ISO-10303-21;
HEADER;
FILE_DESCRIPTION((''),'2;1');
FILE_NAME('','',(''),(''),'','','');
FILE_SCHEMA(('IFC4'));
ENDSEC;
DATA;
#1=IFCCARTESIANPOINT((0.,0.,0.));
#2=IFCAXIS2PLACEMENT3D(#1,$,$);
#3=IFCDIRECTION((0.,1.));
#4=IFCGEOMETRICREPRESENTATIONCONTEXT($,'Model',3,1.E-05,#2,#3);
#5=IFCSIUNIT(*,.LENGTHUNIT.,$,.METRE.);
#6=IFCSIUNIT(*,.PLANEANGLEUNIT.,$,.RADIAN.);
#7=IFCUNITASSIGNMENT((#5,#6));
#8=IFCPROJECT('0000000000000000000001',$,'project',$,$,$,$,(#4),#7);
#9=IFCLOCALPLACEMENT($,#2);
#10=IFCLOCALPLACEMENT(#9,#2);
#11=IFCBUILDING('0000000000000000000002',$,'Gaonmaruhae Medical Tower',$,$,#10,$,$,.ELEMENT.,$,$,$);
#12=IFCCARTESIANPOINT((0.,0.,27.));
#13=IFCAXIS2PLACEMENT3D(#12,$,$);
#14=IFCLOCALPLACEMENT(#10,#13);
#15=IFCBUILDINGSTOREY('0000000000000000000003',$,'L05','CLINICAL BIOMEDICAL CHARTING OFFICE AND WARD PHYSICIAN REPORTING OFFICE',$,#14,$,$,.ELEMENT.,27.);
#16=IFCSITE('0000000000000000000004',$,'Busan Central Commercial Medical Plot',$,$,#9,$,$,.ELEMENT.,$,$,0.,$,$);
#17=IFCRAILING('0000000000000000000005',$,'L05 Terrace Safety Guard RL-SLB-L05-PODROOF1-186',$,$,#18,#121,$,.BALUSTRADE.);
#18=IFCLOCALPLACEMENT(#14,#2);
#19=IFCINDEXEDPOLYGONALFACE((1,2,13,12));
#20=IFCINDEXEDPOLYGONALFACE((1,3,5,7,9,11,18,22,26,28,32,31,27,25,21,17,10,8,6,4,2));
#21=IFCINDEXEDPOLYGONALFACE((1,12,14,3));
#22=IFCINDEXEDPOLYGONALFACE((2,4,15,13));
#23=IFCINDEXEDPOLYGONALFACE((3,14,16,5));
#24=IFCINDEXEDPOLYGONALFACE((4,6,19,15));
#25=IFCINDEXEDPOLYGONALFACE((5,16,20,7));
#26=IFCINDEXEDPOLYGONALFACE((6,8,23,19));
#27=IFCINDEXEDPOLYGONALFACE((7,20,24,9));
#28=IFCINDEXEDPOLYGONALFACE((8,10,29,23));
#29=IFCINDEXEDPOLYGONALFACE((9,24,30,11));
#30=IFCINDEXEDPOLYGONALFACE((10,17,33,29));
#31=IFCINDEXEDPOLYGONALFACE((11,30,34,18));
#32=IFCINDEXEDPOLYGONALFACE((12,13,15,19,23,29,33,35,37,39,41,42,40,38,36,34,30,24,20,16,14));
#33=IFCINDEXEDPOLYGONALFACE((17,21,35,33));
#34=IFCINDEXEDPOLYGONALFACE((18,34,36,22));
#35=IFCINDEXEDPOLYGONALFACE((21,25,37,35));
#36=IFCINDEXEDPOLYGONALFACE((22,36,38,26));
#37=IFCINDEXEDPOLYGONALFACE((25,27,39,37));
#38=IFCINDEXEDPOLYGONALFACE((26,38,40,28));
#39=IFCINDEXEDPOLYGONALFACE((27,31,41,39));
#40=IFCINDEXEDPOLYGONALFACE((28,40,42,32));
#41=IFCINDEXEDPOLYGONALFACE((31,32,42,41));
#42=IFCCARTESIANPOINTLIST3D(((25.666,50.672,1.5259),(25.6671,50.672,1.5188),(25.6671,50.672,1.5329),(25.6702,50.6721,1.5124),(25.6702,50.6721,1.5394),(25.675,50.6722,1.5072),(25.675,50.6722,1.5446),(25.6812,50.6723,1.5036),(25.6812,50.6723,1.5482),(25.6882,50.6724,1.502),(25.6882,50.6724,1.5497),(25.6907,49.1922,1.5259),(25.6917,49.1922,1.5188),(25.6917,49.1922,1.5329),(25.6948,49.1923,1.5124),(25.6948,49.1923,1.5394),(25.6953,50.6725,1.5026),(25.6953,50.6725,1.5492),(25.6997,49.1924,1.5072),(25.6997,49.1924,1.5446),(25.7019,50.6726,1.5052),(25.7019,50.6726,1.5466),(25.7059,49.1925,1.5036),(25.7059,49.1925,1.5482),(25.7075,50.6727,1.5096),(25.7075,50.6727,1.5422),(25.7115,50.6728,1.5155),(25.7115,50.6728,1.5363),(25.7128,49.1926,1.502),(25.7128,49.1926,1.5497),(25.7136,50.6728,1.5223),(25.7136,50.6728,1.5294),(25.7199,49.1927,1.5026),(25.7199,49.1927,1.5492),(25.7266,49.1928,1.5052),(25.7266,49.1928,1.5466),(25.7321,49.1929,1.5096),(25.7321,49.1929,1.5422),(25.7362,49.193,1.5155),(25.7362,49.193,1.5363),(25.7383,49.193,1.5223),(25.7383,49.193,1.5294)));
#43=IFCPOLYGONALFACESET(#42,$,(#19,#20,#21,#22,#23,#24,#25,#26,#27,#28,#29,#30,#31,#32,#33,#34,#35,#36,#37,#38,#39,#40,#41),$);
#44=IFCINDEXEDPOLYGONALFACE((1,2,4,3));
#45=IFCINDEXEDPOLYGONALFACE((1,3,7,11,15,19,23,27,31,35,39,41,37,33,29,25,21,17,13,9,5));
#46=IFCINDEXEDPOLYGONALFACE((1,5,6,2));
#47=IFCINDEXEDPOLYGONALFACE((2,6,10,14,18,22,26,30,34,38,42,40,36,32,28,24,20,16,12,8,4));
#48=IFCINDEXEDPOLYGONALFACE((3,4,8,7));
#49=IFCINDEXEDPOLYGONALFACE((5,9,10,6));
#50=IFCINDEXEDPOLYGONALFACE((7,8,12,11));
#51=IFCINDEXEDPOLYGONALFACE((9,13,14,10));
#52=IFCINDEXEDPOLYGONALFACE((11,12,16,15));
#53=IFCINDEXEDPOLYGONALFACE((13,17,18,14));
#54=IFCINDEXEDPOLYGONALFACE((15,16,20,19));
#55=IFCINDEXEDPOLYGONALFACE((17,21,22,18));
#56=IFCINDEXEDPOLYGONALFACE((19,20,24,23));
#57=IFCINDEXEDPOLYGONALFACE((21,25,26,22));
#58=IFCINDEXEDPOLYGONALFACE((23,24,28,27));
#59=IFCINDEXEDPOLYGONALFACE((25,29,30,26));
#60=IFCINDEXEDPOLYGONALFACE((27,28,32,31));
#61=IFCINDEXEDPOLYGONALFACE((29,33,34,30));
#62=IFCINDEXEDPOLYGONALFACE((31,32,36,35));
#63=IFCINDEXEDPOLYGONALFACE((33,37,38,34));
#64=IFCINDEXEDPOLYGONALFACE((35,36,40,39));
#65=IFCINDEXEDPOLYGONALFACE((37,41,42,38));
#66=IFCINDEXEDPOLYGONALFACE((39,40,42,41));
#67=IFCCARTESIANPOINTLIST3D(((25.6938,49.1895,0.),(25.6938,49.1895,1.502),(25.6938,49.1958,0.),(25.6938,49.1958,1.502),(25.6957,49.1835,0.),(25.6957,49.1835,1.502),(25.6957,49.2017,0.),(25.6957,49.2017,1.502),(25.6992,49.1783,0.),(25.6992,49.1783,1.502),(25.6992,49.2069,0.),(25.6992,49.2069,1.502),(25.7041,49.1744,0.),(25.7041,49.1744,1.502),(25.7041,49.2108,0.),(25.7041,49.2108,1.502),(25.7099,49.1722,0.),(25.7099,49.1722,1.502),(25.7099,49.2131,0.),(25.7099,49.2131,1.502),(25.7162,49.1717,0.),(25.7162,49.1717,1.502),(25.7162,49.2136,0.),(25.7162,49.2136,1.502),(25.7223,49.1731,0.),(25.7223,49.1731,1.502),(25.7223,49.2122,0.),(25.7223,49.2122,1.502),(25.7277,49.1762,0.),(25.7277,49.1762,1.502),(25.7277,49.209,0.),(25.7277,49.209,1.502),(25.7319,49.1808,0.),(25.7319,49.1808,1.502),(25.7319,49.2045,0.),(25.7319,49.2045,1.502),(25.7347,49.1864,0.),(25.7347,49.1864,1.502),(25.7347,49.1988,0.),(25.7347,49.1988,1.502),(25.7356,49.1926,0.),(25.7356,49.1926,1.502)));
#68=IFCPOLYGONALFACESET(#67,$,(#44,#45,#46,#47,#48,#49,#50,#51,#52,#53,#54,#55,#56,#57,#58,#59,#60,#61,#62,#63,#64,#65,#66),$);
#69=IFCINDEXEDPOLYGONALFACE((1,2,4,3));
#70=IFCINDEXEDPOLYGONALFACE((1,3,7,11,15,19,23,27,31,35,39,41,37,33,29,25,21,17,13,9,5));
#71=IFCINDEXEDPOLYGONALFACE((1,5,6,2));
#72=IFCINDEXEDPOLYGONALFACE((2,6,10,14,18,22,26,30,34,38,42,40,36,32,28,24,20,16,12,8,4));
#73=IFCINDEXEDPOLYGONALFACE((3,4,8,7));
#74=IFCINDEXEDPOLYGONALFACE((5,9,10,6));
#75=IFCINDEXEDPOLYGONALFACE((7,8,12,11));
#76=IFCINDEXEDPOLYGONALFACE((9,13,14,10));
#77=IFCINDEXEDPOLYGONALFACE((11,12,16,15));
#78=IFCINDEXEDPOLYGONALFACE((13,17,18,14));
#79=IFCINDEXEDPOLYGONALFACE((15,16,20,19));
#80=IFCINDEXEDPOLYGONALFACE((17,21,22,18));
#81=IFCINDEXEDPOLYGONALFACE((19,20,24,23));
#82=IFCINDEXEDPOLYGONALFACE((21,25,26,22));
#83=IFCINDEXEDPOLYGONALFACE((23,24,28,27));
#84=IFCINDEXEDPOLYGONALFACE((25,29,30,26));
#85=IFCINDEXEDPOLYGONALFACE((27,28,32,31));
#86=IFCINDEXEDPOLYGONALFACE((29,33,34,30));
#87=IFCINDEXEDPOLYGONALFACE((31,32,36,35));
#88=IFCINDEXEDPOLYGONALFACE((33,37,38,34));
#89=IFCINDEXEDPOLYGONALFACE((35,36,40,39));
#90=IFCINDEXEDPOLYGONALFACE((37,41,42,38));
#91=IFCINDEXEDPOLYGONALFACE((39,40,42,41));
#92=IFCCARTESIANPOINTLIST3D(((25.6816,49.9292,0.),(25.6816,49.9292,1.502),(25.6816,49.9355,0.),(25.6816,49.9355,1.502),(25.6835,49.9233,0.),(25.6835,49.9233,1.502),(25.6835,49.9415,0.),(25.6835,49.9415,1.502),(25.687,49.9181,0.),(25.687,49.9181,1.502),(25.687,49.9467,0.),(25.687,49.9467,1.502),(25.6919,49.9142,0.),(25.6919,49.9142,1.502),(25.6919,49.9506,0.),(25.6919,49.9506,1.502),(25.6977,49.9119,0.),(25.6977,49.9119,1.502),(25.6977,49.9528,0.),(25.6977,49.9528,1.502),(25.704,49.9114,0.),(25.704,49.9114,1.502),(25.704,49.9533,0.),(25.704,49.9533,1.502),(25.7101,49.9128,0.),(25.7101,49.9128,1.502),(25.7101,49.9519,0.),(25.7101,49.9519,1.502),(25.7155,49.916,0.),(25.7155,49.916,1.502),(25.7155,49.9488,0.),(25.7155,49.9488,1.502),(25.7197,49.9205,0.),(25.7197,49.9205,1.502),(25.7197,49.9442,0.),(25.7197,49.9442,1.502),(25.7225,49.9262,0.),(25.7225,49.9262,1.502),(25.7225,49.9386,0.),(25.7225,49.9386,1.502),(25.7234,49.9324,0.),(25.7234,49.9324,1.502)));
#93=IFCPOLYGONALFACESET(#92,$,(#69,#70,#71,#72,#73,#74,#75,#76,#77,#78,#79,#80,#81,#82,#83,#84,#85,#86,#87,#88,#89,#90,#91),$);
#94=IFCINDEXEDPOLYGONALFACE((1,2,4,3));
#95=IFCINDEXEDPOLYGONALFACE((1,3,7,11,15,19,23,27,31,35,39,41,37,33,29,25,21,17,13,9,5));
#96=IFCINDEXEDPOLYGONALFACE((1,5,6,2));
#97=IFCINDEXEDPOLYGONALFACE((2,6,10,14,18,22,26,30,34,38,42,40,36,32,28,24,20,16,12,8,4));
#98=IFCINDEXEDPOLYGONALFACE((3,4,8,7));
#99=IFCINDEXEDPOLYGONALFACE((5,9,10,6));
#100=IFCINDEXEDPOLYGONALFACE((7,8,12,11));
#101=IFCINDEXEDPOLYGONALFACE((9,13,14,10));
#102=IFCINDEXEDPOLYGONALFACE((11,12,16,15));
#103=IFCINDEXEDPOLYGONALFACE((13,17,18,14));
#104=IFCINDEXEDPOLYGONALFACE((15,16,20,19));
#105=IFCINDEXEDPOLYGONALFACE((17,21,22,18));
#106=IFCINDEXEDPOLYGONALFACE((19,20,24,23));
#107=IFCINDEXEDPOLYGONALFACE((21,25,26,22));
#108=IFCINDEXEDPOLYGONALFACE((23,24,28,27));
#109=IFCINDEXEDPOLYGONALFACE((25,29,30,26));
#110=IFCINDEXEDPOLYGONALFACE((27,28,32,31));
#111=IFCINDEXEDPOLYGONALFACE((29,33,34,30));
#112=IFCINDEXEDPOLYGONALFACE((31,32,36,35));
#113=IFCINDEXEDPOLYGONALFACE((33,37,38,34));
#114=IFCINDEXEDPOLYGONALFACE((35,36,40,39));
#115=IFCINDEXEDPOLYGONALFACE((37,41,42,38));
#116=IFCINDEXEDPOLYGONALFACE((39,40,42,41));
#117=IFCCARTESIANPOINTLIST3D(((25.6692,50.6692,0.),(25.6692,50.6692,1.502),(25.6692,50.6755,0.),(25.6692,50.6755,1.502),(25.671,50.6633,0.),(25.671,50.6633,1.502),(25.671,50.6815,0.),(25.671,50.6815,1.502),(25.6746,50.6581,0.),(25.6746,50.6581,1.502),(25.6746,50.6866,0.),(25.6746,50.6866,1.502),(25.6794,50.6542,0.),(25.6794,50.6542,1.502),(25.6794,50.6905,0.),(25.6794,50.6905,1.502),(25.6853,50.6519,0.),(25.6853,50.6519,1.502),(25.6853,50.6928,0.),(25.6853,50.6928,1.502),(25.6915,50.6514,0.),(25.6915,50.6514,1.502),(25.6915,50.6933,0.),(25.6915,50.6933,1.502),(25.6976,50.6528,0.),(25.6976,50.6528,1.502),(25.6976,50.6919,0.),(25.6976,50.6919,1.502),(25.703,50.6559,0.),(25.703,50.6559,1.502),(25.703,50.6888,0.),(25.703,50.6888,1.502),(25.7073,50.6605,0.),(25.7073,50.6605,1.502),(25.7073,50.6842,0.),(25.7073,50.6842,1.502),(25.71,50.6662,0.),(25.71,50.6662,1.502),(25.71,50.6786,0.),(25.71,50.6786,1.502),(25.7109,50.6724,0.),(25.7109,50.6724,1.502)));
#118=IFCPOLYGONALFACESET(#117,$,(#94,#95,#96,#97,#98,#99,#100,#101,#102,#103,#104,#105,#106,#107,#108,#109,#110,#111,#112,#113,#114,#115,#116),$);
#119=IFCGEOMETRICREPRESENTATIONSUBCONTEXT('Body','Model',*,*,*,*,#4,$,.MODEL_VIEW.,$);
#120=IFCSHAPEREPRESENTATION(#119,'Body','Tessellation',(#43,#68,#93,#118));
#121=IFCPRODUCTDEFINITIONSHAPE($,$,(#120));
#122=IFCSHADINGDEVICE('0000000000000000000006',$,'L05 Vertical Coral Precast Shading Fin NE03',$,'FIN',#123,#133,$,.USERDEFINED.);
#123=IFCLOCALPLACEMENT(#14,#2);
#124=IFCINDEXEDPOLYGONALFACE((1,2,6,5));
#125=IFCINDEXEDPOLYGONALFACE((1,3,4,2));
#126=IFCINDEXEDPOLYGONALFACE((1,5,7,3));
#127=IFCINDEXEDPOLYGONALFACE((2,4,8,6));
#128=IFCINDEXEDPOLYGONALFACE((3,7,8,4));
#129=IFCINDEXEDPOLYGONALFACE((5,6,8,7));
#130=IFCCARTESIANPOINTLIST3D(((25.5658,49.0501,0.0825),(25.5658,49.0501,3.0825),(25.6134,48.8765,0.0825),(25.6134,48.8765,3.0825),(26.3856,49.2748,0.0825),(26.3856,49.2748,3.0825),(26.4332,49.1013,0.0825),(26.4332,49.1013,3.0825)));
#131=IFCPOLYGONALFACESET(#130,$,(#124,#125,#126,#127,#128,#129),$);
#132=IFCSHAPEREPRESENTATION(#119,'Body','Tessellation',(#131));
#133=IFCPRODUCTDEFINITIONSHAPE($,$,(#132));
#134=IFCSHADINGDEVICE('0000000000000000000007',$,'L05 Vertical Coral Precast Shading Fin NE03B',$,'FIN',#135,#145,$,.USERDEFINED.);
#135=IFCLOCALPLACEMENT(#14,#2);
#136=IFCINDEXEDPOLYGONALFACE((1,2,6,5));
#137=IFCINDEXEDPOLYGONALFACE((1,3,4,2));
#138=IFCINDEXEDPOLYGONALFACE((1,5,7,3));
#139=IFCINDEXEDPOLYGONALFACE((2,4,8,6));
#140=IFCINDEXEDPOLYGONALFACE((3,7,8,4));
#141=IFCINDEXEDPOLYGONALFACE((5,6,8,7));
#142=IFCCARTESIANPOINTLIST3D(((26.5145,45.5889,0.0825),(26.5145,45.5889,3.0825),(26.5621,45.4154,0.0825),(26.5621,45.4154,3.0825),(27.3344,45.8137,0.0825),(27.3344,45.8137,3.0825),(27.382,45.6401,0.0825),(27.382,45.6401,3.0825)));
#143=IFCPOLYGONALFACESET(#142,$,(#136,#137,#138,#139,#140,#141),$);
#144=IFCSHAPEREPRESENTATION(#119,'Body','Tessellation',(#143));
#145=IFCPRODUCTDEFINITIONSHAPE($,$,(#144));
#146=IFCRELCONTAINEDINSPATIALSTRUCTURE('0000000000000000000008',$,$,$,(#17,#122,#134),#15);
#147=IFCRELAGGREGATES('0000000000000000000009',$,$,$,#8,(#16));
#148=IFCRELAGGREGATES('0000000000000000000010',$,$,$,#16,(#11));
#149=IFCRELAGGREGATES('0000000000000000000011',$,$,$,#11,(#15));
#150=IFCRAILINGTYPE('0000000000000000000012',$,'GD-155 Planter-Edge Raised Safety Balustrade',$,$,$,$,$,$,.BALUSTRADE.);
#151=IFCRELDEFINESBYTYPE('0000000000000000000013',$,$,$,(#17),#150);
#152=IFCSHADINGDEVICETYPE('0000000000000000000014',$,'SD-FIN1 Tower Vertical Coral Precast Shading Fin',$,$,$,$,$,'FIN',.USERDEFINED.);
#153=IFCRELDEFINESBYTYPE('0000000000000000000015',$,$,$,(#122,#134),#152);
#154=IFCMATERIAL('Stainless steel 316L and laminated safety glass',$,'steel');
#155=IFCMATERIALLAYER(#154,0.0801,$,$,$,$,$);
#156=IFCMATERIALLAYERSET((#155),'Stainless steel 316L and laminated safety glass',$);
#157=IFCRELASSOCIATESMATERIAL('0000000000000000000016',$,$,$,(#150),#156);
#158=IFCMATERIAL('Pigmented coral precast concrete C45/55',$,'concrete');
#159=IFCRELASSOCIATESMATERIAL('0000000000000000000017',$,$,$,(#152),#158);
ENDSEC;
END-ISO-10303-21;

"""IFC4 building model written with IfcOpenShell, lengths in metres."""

from ifc_helpers import new_model, si_unit, direction, frame, origin, origin_2d, place, context, subcontext, project, spatial, rectangle, circle, extrude, material, layer, layer_set, type_object, element, save


model = new_model("IFC4")

# Units and contexts
model_context = context("Model", 3, precision=1e-05, world=origin(), true_north=direction((0.0, 1.0)))
body_context = subcontext(model_context, "Body", "Model", "MODEL_VIEW")
ifc_project = project(units=[si_unit("LENGTHUNIT", "METRE"), si_unit("PLANEANGLEUNIT", "RADIAN")], contexts=[model_context])

# Site, building, storey
site_placement = place(None, origin())
site = spatial("IfcSite", under=ifc_project, at=site_placement, Name="Busan Central Commercial Medical Plot", CompositionType="ELEMENT", RefElevation=0.0)
building_placement = place(site_placement, origin())
building = spatial("IfcBuilding", under=site, at=building_placement, Name="Gaonmaruhae Medical Tower", CompositionType="ELEMENT")
storey_placement = place(building_placement, frame((0.0, 0.0, 27.0)))
storey = spatial("IfcBuildingStorey", under=building, at=storey_placement, Name="L05", Description="CLINICAL BIOMEDICAL CHARTING OFFICE AND WARD PHYSICIAN REPORTING OFFICE", CompositionType="ELEMENT", Elevation=27.0)

# Railing
ifc_material_1 = material(Name="Stainless steel 316L and laminated safety glass", Category="steel")
ifc_layer_1 = layer(ifc_material_1, 0.0801)
ifc_layer_set_1 = layer_set([ifc_layer_1], Name="Stainless steel 316L and laminated safety glass")
railing_type = type_object("IfcRailingType", Name="GD-155 Planter-Edge Raised Safety Balustrade", PredefinedType="BALUSTRADE", material=ifc_layer_set_1)
railing_1_placement = place(storey_placement, frame((25.7146, 49.1926, 0.0)))
element("IfcRailing", 1, at=railing_1_placement, inside=storey, type_object=railing_type, Name="L05 Terrace Safety Guard RL-SLB-L05-PODROOF1-186", PredefinedType="BALUSTRADE", context=body_context, shape_type="SweptSolid", body=[
    extrude(circle(Radius=0.0239, at=origin_2d()), frame((0.0, 0.0, 1.5259), z_axis=(-0.016662, 0.999861, 0.0), x_axis=(-0.999861, -0.016662, 0.0)), (0.0, 0.0, 1.0), 1.48),
    extrude(circle(Radius=0.021, at=origin_2d()), origin(), (0.0, 0.0, 1.0), 1.502),
    extrude(circle(Radius=0.021, at=origin_2d()), frame((-0.0122, 0.7397, 0.0)), (0.0, 0.0, 1.0), 1.502),
    extrude(circle(Radius=0.021, at=origin_2d()), frame((-0.0247, 1.4797, 0.0)), (0.0, 0.0, 1.0), 1.502),
])

# Shading devices
ifc_material_2 = material(Name="Pigmented coral precast concrete C45/55", Category="concrete")
shading_device_type = type_object("IfcShadingDeviceType", Name="SD-FIN1 Tower Vertical Coral Precast Shading Fin", ElementType="FIN", PredefinedType="USERDEFINED", material=ifc_material_2)
for number, where, z_axis, x_axis, name in (
    (2, (25.9995, 49.0757, 0.0825), (0.0, 0.0, 1.0), (0.264412, -0.96441, 0.0), "L05 Vertical Coral Precast Shading Fin NE03"),
    (3, (26.9482, 45.6145, 0.0825), (0.0, 0.0, 1.0), (0.264412, -0.96441, 0.0), "L05 Vertical Coral Precast Shading Fin NE03B"),
):
    element("IfcShadingDevice", number, at=place(storey_placement, frame(where, z_axis=z_axis, x_axis=x_axis)), inside=storey, type_object=shading_device_type, Name=name, ObjectType="FIN", PredefinedType="USERDEFINED", context=body_context, shape_type="SweptSolid", body=[
        extrude(rectangle(XDim=0.1799, YDim=0.8501, at=origin_2d()), origin(), (0.0, 0.0, 1.0), 3.0),
    ])

save(model, "model.ifc")
